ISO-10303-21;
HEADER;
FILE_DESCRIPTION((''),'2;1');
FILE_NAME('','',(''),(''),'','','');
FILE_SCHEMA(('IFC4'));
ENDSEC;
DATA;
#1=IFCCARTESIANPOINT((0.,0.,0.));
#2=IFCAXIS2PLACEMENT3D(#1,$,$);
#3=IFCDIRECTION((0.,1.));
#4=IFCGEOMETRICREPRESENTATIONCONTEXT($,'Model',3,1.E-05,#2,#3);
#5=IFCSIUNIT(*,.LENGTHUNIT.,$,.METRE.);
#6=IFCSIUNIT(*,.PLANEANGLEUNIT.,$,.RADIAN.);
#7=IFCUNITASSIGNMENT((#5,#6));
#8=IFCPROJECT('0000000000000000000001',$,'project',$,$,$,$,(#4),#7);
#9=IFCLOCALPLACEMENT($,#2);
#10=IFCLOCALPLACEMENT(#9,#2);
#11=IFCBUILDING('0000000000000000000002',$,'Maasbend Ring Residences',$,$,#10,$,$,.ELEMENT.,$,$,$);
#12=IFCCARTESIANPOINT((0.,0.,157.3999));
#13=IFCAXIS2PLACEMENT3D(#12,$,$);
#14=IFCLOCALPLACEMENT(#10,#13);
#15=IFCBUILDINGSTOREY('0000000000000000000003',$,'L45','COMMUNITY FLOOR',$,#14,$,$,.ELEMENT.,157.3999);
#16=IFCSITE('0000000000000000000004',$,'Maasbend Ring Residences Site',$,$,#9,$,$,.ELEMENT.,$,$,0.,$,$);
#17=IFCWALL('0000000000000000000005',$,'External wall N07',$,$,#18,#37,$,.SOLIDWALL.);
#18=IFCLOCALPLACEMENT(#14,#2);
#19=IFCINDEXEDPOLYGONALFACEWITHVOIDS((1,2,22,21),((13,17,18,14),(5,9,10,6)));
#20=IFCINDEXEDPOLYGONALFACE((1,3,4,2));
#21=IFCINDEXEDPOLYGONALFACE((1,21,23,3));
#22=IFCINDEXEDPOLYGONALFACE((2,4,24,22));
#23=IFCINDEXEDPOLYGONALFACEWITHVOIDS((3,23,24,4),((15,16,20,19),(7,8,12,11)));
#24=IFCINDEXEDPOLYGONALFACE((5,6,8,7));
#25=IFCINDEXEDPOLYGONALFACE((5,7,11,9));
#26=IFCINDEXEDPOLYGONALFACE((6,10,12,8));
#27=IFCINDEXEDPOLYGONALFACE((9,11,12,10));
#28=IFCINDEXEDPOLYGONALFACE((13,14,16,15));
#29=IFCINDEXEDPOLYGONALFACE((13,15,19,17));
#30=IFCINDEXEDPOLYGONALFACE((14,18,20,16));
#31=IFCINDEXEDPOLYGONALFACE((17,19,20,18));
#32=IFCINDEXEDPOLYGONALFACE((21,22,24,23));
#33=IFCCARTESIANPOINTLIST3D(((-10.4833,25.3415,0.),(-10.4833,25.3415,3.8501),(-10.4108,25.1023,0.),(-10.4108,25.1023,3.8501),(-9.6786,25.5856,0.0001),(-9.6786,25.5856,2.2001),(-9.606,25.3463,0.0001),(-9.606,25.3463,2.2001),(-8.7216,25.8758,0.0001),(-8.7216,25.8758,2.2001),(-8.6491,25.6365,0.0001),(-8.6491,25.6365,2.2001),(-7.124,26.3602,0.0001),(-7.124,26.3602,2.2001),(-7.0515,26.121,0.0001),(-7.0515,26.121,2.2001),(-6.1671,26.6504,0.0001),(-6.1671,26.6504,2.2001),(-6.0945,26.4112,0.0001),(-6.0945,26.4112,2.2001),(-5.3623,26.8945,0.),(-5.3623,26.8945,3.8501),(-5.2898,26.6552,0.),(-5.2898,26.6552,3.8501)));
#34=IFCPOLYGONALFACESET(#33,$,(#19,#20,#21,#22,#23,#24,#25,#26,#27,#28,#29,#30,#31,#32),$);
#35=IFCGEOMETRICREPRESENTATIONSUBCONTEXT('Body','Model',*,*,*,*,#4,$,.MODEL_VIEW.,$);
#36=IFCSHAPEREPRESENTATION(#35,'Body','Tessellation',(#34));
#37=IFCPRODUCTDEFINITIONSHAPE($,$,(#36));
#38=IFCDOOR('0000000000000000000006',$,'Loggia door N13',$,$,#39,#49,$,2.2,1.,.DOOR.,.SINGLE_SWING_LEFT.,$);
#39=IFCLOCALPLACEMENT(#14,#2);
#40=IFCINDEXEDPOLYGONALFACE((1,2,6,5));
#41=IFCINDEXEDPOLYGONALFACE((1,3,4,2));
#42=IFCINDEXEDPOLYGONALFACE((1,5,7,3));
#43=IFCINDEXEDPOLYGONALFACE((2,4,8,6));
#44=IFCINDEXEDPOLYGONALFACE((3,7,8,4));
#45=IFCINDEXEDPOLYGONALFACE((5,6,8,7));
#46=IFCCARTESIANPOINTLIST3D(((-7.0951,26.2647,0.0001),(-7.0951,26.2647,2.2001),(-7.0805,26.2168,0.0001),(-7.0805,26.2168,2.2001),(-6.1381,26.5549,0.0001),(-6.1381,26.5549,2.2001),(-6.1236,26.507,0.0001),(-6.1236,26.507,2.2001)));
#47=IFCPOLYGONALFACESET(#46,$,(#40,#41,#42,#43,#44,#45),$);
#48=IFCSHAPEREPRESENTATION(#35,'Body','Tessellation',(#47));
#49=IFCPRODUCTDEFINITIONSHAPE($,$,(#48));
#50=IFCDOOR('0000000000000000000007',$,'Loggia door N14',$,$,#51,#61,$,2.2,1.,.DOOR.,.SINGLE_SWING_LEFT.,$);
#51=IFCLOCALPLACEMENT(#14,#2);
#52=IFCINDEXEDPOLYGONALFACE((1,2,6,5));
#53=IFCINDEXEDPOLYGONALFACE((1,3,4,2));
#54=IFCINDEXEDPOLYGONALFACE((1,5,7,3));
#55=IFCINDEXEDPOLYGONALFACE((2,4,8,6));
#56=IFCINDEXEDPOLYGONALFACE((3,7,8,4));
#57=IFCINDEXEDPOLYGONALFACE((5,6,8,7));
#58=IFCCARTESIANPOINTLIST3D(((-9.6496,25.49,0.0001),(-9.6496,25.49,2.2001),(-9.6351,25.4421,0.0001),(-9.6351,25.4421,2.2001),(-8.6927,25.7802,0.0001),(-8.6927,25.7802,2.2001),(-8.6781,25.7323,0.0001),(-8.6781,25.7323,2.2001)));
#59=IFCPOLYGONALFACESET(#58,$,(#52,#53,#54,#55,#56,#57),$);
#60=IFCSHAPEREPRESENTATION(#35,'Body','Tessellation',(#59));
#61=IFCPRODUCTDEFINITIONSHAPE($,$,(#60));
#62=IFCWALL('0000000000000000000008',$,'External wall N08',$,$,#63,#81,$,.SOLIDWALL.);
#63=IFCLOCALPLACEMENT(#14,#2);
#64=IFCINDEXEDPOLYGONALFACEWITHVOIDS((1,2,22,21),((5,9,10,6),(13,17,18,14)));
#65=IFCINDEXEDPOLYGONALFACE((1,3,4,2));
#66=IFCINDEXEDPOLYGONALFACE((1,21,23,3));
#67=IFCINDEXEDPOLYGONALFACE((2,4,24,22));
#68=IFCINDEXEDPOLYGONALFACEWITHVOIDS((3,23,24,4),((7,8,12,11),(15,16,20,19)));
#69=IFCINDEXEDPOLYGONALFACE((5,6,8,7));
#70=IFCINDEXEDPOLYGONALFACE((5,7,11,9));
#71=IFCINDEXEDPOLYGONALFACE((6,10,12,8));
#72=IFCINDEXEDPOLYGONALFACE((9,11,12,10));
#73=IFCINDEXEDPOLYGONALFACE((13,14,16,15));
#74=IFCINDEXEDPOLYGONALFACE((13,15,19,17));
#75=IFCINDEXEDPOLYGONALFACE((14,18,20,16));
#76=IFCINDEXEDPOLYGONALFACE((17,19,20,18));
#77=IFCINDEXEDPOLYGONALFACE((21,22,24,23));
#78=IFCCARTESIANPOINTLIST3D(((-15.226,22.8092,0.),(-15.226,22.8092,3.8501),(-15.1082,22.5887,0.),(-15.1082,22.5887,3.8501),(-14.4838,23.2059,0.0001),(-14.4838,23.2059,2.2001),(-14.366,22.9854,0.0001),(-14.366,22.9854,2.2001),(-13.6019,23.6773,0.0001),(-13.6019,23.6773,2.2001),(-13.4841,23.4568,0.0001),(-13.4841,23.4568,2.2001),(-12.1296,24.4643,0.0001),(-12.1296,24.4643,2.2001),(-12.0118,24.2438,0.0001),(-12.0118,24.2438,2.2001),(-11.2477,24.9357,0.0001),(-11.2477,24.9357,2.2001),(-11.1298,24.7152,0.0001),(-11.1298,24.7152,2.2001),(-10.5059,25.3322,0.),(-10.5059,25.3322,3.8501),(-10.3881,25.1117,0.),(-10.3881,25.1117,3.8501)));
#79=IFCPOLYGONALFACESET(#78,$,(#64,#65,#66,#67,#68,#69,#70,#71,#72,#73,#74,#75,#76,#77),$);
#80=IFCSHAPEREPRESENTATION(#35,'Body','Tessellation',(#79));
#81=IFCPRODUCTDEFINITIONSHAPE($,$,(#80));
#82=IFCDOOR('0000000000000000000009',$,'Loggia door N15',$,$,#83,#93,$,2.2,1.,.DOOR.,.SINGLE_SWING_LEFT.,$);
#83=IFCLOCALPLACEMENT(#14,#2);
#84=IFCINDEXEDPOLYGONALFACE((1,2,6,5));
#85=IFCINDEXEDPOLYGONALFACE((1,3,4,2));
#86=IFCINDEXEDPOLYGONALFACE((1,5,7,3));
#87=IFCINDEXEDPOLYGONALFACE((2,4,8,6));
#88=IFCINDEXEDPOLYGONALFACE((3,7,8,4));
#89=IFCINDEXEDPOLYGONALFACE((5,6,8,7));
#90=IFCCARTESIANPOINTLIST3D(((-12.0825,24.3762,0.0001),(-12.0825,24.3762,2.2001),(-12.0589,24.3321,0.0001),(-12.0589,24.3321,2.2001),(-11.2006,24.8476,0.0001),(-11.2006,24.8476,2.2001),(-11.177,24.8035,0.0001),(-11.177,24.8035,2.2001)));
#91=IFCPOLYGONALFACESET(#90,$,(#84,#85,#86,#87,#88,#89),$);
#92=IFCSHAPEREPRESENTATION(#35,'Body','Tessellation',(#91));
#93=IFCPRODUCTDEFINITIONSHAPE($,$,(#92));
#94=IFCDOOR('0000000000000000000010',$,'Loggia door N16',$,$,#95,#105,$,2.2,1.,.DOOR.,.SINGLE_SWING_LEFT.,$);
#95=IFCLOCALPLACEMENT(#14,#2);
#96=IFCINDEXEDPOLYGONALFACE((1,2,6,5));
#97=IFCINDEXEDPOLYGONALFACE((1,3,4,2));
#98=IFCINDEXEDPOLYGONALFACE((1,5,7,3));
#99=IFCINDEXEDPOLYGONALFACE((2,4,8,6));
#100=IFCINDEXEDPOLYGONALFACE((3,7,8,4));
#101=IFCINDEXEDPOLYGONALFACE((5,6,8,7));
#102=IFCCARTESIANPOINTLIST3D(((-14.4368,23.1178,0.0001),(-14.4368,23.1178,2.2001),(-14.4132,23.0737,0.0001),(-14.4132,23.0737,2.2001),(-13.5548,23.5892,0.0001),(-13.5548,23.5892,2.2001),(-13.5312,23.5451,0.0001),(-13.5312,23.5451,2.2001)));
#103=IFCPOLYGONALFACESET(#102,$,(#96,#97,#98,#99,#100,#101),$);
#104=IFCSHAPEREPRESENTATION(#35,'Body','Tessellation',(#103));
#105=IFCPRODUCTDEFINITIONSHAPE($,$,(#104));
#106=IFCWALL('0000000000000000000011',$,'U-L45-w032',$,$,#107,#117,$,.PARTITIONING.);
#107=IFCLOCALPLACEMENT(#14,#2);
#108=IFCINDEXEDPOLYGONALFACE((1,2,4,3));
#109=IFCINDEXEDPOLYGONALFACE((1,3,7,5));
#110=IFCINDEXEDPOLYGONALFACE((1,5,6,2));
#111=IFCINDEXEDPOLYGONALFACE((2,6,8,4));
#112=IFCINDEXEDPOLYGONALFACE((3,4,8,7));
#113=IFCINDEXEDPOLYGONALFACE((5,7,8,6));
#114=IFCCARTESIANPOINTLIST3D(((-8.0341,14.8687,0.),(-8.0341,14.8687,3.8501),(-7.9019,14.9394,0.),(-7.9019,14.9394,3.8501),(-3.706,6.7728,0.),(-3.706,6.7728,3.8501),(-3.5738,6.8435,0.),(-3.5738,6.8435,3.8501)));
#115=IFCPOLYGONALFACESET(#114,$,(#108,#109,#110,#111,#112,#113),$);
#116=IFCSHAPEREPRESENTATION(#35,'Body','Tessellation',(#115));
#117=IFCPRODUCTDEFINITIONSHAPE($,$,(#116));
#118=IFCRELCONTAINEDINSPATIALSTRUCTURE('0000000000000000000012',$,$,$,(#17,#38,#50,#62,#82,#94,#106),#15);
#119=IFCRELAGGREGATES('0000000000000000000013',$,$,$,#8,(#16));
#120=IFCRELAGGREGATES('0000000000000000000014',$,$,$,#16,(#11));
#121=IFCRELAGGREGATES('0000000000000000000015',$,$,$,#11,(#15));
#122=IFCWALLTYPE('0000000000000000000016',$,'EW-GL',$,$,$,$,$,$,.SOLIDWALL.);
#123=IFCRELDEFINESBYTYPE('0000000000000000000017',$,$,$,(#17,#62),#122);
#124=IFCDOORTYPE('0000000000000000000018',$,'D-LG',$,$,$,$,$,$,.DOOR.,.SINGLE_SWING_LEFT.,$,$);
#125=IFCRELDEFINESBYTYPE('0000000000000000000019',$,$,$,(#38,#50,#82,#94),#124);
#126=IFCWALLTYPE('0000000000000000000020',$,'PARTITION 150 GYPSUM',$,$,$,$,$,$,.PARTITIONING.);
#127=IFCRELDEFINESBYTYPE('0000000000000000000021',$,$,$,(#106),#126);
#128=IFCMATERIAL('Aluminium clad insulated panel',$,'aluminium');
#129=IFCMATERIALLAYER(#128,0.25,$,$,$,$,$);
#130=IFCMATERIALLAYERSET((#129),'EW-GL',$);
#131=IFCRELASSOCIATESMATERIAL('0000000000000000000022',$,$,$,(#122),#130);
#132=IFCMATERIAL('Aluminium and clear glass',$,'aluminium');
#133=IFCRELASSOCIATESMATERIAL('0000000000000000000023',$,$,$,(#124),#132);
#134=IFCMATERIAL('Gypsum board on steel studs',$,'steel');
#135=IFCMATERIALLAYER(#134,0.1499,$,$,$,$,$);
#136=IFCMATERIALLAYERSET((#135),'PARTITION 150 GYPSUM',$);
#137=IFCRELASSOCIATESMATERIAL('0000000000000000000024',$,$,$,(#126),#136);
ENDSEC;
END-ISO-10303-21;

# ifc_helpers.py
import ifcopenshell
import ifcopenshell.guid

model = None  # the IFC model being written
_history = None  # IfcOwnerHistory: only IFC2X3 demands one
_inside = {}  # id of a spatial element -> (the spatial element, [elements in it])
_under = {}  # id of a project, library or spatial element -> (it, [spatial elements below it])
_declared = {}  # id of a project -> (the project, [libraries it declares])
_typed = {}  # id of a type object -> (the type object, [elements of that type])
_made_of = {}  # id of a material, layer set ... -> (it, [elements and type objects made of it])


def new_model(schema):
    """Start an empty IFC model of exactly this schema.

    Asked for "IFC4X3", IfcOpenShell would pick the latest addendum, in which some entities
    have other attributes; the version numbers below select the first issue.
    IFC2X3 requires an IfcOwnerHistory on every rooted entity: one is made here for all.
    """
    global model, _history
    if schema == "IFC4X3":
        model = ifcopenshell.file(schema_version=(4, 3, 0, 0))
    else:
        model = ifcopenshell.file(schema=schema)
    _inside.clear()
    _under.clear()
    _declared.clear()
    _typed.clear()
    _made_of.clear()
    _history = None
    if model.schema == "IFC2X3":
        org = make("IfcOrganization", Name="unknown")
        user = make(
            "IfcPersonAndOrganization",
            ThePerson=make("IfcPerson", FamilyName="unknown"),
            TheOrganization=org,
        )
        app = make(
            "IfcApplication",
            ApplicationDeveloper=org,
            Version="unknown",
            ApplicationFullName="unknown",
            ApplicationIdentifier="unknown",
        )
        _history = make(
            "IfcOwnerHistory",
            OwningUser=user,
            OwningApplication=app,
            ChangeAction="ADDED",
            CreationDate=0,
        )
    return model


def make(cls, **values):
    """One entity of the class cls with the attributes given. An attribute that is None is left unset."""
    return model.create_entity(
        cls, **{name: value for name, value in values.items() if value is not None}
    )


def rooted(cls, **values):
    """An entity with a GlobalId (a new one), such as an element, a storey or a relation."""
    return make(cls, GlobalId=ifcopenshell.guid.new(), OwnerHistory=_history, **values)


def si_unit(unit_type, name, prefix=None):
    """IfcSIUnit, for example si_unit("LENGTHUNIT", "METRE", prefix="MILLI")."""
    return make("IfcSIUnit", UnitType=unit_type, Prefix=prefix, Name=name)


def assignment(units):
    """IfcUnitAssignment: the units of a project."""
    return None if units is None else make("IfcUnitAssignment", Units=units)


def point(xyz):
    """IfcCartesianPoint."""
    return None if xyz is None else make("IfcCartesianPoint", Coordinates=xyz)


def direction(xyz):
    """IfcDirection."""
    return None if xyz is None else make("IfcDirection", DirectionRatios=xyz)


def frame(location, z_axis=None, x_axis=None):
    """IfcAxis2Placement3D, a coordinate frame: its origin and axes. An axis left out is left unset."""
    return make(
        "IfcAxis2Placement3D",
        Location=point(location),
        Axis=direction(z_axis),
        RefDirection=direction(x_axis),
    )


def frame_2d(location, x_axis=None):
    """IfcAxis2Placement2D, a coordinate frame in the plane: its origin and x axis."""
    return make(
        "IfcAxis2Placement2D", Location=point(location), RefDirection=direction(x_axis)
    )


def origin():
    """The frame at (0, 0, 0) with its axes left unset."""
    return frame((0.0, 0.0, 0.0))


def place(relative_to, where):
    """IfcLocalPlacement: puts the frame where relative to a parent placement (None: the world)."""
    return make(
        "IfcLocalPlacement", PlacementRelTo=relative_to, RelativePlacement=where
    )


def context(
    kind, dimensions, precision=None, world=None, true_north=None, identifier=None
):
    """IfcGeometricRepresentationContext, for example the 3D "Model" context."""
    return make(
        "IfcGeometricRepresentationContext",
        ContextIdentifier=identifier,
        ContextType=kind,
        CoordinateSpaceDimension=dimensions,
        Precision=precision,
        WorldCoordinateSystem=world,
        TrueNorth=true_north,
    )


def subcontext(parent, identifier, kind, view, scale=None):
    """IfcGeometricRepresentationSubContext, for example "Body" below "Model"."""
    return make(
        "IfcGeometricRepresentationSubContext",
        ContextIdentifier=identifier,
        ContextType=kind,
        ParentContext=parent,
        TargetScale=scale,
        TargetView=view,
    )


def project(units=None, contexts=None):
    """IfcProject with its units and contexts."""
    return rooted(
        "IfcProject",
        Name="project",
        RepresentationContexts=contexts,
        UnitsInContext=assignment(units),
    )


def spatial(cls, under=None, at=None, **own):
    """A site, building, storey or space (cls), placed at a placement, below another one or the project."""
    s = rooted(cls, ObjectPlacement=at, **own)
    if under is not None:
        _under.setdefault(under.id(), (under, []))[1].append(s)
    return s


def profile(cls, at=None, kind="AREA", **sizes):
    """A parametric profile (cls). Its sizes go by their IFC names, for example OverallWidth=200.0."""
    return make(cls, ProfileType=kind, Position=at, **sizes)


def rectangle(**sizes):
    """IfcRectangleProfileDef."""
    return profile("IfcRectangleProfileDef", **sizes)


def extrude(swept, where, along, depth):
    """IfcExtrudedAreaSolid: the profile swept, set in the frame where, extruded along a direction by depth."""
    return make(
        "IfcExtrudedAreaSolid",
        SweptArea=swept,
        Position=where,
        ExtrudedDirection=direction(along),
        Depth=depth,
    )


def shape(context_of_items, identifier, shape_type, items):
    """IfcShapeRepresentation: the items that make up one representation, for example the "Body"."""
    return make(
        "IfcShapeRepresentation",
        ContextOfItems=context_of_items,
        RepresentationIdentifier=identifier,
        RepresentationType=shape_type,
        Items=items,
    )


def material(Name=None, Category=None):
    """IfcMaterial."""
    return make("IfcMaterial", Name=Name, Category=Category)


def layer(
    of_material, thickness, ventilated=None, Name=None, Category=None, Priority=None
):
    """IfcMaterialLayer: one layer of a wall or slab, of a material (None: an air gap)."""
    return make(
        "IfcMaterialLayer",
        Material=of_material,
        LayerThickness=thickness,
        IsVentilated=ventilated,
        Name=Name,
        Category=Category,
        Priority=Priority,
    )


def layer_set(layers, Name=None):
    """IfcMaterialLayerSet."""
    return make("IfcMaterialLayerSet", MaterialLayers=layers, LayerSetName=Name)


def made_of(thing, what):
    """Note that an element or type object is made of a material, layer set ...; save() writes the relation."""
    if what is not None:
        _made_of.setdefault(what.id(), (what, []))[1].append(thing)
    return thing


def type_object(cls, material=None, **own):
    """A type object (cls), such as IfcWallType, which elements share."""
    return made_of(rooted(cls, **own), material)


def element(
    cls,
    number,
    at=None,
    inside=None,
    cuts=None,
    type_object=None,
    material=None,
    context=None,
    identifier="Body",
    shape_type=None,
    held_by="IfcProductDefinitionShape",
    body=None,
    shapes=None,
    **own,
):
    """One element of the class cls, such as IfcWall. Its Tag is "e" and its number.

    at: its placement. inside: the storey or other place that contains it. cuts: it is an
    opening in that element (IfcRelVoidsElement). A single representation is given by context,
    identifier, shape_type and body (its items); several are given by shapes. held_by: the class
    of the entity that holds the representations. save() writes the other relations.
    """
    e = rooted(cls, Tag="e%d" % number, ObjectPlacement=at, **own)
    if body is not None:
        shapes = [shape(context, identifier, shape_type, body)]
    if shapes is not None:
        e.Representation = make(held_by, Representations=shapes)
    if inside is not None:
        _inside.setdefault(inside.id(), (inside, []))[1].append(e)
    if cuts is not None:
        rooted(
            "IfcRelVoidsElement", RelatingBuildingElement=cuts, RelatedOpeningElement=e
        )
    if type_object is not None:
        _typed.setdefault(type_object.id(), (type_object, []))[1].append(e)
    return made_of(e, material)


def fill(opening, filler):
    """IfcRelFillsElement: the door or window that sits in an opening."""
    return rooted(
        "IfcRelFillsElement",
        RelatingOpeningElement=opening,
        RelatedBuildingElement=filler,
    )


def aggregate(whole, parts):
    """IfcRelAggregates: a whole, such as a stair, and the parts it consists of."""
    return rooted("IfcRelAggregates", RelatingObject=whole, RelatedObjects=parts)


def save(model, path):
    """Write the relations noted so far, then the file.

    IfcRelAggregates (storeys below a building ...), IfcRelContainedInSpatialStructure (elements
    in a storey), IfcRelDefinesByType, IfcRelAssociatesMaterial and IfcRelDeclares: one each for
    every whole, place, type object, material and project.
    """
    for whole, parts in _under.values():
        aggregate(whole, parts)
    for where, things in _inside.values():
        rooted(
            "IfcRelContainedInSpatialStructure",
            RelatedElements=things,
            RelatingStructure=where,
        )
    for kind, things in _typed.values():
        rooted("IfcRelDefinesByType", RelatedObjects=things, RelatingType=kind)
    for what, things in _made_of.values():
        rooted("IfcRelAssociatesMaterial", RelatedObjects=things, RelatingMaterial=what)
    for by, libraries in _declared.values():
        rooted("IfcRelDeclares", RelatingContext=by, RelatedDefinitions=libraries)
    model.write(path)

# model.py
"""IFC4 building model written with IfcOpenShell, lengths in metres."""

from ifc_helpers import new_model, si_unit, direction, frame, frame_2d, origin, place, context, subcontext, project, spatial, rectangle, extrude, material, layer, layer_set, type_object, element, fill, save


model = new_model("IFC4")

# Units and contexts
model_context = context("Model", 3, precision=1e-05, world=origin(), true_north=direction((0.0, 1.0)))
body_context = subcontext(model_context, "Body", "Model", "MODEL_VIEW")
ifc_project = project(units=[si_unit("LENGTHUNIT", "METRE"), si_unit("PLANEANGLEUNIT", "RADIAN")], contexts=[model_context])

# Site, building, storey
site_placement = place(None, origin())
site = spatial("IfcSite", under=ifc_project, at=site_placement, Name="Maasbend Ring Residences Site", CompositionType="ELEMENT", RefElevation=0.0)
building_placement = place(site_placement, origin())
building = spatial("IfcBuilding", under=site, at=building_placement, Name="Maasbend Ring Residences", CompositionType="ELEMENT")
storey_placement = place(building_placement, frame((0.0, 0.0, 157.3999)))
storey = spatial("IfcBuildingStorey", under=building, at=storey_placement, Name="L45", Description="COMMUNITY FLOOR", CompositionType="ELEMENT", Elevation=157.3999)

# Walls, openings, doors
ifc_material_1 = material(Name="Aluminium clad insulated panel", Category="aluminium")
ifc_layer_1 = layer(ifc_material_1, 0.25)
ifc_layer_set_1 = layer_set([ifc_layer_1], Name="EW-GL")
wall_type_1 = type_object("IfcWallType", Name="EW-GL", PredefinedType="SOLIDWALL", material=ifc_layer_set_1)
wall_1_placement = place(storey_placement, frame((-5.3259, 26.7749, 0.0), z_axis=(0.0, 0.0, 1.0), x_axis=(-0.956966, -0.290201, 0.0)))
wall_1 = element("IfcWall", 1, at=wall_1_placement, inside=storey, type_object=wall_type_1, Name="External wall N07", PredefinedType="SOLIDWALL", context=body_context, shape_type="SweptSolid", body=[
    extrude(rectangle(XDim=5.3513, YDim=0.25, at=frame_2d((2.6758, 0.0))), origin(), (0.0, 0.0, 1.0), 3.8501),
])
opening_1_placement = place(wall_1_placement, frame((0.8411, 0.0, 0.0)))
opening_1 = element("IfcOpeningElement", 2, at=opening_1_placement, cuts=wall_1, PredefinedType="OPENING", context=body_context, shape_type="SweptSolid", body=[
    extrude(rectangle(XDim=1.0, YDim=2.2, at=frame_2d((0.5, 1.1001))), frame((0.0, 0.135, 0.0), z_axis=(0.0, -1.0, 0.0), x_axis=(1.0, 0.0, 0.0)), (0.0, 0.0, 1.0), 0.27),
])
opening_2_placement = place(wall_1_placement, frame((3.5105, 0.0, 0.0)))
opening_2 = element("IfcOpeningElement", 3, at=opening_2_placement, cuts=wall_1, PredefinedType="OPENING", context=body_context, shape_type="SweptSolid", body=[
    extrude(rectangle(XDim=1.0, YDim=2.2, at=frame_2d((0.5, 1.1001))), frame((0.0, 0.135, 0.0), z_axis=(0.0, -1.0, 0.0), x_axis=(1.0, 0.0, 0.0)), (0.0, 0.0, 1.0), 0.27),
])
ifc_material_2 = material(Name="Aluminium and clear glass", Category="aluminium")
door_type_1 = type_object("IfcDoorType", Name="D-LG", OperationType="SINGLE_SWING_LEFT", PredefinedType="DOOR", material=ifc_material_2)
door_1_placement = place(opening_1_placement, origin())
door_1 = element("IfcDoor", 4, at=door_1_placement, inside=storey, type_object=door_type_1, Name="Loggia door N13", OperationType="SINGLE_SWING_LEFT", OverallHeight=2.2, OverallWidth=1.0, PredefinedType="DOOR", context=body_context, shape_type="SweptSolid", body=[
    extrude(rectangle(XDim=1.0, YDim=2.2, at=frame_2d((0.5, 1.1001))), frame((0.0, 0.0249, 0.0), z_axis=(0.0, -1.0, 0.0), x_axis=(1.0, 0.0, 0.0)), (0.0, 0.0, 1.0), 0.05),
])
fill(opening_1, door_1)
door_2_placement = place(opening_2_placement, origin())
door_2 = element("IfcDoor", 5, at=door_2_placement, inside=storey, type_object=door_type_1, Name="Loggia door N14", OperationType="SINGLE_SWING_LEFT", OverallHeight=2.2, OverallWidth=1.0, PredefinedType="DOOR", context=body_context, shape_type="SweptSolid", body=[
    extrude(rectangle(XDim=1.0, YDim=2.2, at=frame_2d((0.5, 1.1001))), frame((0.0, 0.0249, 0.0), z_axis=(0.0, -1.0, 0.0), x_axis=(1.0, 0.0, 0.0)), (0.0, 0.0, 1.0), 0.05),
])
fill(opening_2, door_2)
wall_2_placement = place(storey_placement, frame((-10.447, 25.2219, 0.0), z_axis=(0.0, 0.0, 1.0), x_axis=(-0.881916, -0.471407, 0.0)))
wall_2 = element("IfcWall", 6, at=wall_2_placement, inside=storey, type_object=wall_type_1, Name="External wall N08", PredefinedType="SOLIDWALL", context=body_context, shape_type="SweptSolid", body=[
    extrude(rectangle(XDim=5.3521, YDim=0.25, at=frame_2d((2.676, 0.0))), origin(), (0.0, 0.0, 1.0), 3.8501),
])
opening_3_placement = place(wall_2_placement, frame((0.8411, 0.0, 0.0)))
opening_3 = element("IfcOpeningElement", 7, at=opening_3_placement, cuts=wall_2, PredefinedType="OPENING", context=body_context, shape_type="SweptSolid", body=[
    extrude(rectangle(XDim=1.0, YDim=2.2, at=frame_2d((0.5, 1.1001))), frame((0.0, 0.135, 0.0), z_axis=(0.0, -1.0, 0.0), x_axis=(1.0, 0.0, 0.0)), (0.0, 0.0, 1.0), 0.27),
])
opening_4_placement = place(wall_2_placement, frame((3.5105, 0.0, 0.0)))
opening_4 = element("IfcOpeningElement", 8, at=opening_4_placement, cuts=wall_2, PredefinedType="OPENING", context=body_context, shape_type="SweptSolid", body=[
    extrude(rectangle(XDim=1.0, YDim=2.2, at=frame_2d((0.5, 1.1001))), frame((0.0, 0.135, 0.0), z_axis=(0.0, -1.0, 0.0), x_axis=(1.0, 0.0, 0.0)), (0.0, 0.0, 1.0), 0.27),
])
door_3_placement = place(opening_3_placement, origin())
door_3 = element("IfcDoor", 9, at=door_3_placement, inside=storey, type_object=door_type_1, Name="Loggia door N15", OperationType="SINGLE_SWING_LEFT", OverallHeight=2.2, OverallWidth=1.0, PredefinedType="DOOR", context=body_context, shape_type="SweptSolid", body=[
    extrude(rectangle(XDim=1.0, YDim=2.2, at=frame_2d((0.5, 1.1001))), frame((0.0, 0.0249, 0.0), z_axis=(0.0, -1.0, 0.0), x_axis=(1.0, 0.0, 0.0)), (0.0, 0.0, 1.0), 0.05),
])
fill(opening_3, door_3)
door_4_placement = place(opening_4_placement, origin())
door_4 = element("IfcDoor", 10, at=door_4_placement, inside=storey, type_object=door_type_1, Name="Loggia door N16", OperationType="SINGLE_SWING_LEFT", OverallHeight=2.2, OverallWidth=1.0, PredefinedType="DOOR", context=body_context, shape_type="SweptSolid", body=[
    extrude(rectangle(XDim=1.0, YDim=2.2, at=frame_2d((0.5, 1.1001))), frame((0.0, 0.0249, 0.0), z_axis=(0.0, -1.0, 0.0), x_axis=(1.0, 0.0, 0.0)), (0.0, 0.0, 1.0), 0.05),
])
fill(opening_4, door_4)

# Wall
ifc_material_3 = material(Name="Gypsum board on steel studs", Category="steel")
ifc_layer_2 = layer(ifc_material_3, 0.1499)
ifc_layer_set_2 = layer_set([ifc_layer_2], Name="PARTITION 150 GYPSUM")
wall_type_2 = type_object("IfcWallType", Name="PARTITION 150 GYPSUM", PredefinedType="PARTITIONING", material=ifc_layer_set_2)
wall_3_placement = place(storey_placement, frame((-7.968, 14.9041, 0.0), z_axis=(0.0, 0.0, 1.0), x_axis=(0.47146, -0.881887, 0.0)))
element("IfcWall", 11, at=wall_3_placement, inside=storey, type_object=wall_type_2, Name="U-L45-w032", PredefinedType="PARTITIONING", context=body_context, shape_type="SweptSolid", body=[
    extrude(rectangle(XDim=9.1802, YDim=0.1499, at=frame_2d((4.5901, 0.0))), origin(), (0.0, 0.0, 1.0), 3.8501),
])

save(model, "model.ifc")
